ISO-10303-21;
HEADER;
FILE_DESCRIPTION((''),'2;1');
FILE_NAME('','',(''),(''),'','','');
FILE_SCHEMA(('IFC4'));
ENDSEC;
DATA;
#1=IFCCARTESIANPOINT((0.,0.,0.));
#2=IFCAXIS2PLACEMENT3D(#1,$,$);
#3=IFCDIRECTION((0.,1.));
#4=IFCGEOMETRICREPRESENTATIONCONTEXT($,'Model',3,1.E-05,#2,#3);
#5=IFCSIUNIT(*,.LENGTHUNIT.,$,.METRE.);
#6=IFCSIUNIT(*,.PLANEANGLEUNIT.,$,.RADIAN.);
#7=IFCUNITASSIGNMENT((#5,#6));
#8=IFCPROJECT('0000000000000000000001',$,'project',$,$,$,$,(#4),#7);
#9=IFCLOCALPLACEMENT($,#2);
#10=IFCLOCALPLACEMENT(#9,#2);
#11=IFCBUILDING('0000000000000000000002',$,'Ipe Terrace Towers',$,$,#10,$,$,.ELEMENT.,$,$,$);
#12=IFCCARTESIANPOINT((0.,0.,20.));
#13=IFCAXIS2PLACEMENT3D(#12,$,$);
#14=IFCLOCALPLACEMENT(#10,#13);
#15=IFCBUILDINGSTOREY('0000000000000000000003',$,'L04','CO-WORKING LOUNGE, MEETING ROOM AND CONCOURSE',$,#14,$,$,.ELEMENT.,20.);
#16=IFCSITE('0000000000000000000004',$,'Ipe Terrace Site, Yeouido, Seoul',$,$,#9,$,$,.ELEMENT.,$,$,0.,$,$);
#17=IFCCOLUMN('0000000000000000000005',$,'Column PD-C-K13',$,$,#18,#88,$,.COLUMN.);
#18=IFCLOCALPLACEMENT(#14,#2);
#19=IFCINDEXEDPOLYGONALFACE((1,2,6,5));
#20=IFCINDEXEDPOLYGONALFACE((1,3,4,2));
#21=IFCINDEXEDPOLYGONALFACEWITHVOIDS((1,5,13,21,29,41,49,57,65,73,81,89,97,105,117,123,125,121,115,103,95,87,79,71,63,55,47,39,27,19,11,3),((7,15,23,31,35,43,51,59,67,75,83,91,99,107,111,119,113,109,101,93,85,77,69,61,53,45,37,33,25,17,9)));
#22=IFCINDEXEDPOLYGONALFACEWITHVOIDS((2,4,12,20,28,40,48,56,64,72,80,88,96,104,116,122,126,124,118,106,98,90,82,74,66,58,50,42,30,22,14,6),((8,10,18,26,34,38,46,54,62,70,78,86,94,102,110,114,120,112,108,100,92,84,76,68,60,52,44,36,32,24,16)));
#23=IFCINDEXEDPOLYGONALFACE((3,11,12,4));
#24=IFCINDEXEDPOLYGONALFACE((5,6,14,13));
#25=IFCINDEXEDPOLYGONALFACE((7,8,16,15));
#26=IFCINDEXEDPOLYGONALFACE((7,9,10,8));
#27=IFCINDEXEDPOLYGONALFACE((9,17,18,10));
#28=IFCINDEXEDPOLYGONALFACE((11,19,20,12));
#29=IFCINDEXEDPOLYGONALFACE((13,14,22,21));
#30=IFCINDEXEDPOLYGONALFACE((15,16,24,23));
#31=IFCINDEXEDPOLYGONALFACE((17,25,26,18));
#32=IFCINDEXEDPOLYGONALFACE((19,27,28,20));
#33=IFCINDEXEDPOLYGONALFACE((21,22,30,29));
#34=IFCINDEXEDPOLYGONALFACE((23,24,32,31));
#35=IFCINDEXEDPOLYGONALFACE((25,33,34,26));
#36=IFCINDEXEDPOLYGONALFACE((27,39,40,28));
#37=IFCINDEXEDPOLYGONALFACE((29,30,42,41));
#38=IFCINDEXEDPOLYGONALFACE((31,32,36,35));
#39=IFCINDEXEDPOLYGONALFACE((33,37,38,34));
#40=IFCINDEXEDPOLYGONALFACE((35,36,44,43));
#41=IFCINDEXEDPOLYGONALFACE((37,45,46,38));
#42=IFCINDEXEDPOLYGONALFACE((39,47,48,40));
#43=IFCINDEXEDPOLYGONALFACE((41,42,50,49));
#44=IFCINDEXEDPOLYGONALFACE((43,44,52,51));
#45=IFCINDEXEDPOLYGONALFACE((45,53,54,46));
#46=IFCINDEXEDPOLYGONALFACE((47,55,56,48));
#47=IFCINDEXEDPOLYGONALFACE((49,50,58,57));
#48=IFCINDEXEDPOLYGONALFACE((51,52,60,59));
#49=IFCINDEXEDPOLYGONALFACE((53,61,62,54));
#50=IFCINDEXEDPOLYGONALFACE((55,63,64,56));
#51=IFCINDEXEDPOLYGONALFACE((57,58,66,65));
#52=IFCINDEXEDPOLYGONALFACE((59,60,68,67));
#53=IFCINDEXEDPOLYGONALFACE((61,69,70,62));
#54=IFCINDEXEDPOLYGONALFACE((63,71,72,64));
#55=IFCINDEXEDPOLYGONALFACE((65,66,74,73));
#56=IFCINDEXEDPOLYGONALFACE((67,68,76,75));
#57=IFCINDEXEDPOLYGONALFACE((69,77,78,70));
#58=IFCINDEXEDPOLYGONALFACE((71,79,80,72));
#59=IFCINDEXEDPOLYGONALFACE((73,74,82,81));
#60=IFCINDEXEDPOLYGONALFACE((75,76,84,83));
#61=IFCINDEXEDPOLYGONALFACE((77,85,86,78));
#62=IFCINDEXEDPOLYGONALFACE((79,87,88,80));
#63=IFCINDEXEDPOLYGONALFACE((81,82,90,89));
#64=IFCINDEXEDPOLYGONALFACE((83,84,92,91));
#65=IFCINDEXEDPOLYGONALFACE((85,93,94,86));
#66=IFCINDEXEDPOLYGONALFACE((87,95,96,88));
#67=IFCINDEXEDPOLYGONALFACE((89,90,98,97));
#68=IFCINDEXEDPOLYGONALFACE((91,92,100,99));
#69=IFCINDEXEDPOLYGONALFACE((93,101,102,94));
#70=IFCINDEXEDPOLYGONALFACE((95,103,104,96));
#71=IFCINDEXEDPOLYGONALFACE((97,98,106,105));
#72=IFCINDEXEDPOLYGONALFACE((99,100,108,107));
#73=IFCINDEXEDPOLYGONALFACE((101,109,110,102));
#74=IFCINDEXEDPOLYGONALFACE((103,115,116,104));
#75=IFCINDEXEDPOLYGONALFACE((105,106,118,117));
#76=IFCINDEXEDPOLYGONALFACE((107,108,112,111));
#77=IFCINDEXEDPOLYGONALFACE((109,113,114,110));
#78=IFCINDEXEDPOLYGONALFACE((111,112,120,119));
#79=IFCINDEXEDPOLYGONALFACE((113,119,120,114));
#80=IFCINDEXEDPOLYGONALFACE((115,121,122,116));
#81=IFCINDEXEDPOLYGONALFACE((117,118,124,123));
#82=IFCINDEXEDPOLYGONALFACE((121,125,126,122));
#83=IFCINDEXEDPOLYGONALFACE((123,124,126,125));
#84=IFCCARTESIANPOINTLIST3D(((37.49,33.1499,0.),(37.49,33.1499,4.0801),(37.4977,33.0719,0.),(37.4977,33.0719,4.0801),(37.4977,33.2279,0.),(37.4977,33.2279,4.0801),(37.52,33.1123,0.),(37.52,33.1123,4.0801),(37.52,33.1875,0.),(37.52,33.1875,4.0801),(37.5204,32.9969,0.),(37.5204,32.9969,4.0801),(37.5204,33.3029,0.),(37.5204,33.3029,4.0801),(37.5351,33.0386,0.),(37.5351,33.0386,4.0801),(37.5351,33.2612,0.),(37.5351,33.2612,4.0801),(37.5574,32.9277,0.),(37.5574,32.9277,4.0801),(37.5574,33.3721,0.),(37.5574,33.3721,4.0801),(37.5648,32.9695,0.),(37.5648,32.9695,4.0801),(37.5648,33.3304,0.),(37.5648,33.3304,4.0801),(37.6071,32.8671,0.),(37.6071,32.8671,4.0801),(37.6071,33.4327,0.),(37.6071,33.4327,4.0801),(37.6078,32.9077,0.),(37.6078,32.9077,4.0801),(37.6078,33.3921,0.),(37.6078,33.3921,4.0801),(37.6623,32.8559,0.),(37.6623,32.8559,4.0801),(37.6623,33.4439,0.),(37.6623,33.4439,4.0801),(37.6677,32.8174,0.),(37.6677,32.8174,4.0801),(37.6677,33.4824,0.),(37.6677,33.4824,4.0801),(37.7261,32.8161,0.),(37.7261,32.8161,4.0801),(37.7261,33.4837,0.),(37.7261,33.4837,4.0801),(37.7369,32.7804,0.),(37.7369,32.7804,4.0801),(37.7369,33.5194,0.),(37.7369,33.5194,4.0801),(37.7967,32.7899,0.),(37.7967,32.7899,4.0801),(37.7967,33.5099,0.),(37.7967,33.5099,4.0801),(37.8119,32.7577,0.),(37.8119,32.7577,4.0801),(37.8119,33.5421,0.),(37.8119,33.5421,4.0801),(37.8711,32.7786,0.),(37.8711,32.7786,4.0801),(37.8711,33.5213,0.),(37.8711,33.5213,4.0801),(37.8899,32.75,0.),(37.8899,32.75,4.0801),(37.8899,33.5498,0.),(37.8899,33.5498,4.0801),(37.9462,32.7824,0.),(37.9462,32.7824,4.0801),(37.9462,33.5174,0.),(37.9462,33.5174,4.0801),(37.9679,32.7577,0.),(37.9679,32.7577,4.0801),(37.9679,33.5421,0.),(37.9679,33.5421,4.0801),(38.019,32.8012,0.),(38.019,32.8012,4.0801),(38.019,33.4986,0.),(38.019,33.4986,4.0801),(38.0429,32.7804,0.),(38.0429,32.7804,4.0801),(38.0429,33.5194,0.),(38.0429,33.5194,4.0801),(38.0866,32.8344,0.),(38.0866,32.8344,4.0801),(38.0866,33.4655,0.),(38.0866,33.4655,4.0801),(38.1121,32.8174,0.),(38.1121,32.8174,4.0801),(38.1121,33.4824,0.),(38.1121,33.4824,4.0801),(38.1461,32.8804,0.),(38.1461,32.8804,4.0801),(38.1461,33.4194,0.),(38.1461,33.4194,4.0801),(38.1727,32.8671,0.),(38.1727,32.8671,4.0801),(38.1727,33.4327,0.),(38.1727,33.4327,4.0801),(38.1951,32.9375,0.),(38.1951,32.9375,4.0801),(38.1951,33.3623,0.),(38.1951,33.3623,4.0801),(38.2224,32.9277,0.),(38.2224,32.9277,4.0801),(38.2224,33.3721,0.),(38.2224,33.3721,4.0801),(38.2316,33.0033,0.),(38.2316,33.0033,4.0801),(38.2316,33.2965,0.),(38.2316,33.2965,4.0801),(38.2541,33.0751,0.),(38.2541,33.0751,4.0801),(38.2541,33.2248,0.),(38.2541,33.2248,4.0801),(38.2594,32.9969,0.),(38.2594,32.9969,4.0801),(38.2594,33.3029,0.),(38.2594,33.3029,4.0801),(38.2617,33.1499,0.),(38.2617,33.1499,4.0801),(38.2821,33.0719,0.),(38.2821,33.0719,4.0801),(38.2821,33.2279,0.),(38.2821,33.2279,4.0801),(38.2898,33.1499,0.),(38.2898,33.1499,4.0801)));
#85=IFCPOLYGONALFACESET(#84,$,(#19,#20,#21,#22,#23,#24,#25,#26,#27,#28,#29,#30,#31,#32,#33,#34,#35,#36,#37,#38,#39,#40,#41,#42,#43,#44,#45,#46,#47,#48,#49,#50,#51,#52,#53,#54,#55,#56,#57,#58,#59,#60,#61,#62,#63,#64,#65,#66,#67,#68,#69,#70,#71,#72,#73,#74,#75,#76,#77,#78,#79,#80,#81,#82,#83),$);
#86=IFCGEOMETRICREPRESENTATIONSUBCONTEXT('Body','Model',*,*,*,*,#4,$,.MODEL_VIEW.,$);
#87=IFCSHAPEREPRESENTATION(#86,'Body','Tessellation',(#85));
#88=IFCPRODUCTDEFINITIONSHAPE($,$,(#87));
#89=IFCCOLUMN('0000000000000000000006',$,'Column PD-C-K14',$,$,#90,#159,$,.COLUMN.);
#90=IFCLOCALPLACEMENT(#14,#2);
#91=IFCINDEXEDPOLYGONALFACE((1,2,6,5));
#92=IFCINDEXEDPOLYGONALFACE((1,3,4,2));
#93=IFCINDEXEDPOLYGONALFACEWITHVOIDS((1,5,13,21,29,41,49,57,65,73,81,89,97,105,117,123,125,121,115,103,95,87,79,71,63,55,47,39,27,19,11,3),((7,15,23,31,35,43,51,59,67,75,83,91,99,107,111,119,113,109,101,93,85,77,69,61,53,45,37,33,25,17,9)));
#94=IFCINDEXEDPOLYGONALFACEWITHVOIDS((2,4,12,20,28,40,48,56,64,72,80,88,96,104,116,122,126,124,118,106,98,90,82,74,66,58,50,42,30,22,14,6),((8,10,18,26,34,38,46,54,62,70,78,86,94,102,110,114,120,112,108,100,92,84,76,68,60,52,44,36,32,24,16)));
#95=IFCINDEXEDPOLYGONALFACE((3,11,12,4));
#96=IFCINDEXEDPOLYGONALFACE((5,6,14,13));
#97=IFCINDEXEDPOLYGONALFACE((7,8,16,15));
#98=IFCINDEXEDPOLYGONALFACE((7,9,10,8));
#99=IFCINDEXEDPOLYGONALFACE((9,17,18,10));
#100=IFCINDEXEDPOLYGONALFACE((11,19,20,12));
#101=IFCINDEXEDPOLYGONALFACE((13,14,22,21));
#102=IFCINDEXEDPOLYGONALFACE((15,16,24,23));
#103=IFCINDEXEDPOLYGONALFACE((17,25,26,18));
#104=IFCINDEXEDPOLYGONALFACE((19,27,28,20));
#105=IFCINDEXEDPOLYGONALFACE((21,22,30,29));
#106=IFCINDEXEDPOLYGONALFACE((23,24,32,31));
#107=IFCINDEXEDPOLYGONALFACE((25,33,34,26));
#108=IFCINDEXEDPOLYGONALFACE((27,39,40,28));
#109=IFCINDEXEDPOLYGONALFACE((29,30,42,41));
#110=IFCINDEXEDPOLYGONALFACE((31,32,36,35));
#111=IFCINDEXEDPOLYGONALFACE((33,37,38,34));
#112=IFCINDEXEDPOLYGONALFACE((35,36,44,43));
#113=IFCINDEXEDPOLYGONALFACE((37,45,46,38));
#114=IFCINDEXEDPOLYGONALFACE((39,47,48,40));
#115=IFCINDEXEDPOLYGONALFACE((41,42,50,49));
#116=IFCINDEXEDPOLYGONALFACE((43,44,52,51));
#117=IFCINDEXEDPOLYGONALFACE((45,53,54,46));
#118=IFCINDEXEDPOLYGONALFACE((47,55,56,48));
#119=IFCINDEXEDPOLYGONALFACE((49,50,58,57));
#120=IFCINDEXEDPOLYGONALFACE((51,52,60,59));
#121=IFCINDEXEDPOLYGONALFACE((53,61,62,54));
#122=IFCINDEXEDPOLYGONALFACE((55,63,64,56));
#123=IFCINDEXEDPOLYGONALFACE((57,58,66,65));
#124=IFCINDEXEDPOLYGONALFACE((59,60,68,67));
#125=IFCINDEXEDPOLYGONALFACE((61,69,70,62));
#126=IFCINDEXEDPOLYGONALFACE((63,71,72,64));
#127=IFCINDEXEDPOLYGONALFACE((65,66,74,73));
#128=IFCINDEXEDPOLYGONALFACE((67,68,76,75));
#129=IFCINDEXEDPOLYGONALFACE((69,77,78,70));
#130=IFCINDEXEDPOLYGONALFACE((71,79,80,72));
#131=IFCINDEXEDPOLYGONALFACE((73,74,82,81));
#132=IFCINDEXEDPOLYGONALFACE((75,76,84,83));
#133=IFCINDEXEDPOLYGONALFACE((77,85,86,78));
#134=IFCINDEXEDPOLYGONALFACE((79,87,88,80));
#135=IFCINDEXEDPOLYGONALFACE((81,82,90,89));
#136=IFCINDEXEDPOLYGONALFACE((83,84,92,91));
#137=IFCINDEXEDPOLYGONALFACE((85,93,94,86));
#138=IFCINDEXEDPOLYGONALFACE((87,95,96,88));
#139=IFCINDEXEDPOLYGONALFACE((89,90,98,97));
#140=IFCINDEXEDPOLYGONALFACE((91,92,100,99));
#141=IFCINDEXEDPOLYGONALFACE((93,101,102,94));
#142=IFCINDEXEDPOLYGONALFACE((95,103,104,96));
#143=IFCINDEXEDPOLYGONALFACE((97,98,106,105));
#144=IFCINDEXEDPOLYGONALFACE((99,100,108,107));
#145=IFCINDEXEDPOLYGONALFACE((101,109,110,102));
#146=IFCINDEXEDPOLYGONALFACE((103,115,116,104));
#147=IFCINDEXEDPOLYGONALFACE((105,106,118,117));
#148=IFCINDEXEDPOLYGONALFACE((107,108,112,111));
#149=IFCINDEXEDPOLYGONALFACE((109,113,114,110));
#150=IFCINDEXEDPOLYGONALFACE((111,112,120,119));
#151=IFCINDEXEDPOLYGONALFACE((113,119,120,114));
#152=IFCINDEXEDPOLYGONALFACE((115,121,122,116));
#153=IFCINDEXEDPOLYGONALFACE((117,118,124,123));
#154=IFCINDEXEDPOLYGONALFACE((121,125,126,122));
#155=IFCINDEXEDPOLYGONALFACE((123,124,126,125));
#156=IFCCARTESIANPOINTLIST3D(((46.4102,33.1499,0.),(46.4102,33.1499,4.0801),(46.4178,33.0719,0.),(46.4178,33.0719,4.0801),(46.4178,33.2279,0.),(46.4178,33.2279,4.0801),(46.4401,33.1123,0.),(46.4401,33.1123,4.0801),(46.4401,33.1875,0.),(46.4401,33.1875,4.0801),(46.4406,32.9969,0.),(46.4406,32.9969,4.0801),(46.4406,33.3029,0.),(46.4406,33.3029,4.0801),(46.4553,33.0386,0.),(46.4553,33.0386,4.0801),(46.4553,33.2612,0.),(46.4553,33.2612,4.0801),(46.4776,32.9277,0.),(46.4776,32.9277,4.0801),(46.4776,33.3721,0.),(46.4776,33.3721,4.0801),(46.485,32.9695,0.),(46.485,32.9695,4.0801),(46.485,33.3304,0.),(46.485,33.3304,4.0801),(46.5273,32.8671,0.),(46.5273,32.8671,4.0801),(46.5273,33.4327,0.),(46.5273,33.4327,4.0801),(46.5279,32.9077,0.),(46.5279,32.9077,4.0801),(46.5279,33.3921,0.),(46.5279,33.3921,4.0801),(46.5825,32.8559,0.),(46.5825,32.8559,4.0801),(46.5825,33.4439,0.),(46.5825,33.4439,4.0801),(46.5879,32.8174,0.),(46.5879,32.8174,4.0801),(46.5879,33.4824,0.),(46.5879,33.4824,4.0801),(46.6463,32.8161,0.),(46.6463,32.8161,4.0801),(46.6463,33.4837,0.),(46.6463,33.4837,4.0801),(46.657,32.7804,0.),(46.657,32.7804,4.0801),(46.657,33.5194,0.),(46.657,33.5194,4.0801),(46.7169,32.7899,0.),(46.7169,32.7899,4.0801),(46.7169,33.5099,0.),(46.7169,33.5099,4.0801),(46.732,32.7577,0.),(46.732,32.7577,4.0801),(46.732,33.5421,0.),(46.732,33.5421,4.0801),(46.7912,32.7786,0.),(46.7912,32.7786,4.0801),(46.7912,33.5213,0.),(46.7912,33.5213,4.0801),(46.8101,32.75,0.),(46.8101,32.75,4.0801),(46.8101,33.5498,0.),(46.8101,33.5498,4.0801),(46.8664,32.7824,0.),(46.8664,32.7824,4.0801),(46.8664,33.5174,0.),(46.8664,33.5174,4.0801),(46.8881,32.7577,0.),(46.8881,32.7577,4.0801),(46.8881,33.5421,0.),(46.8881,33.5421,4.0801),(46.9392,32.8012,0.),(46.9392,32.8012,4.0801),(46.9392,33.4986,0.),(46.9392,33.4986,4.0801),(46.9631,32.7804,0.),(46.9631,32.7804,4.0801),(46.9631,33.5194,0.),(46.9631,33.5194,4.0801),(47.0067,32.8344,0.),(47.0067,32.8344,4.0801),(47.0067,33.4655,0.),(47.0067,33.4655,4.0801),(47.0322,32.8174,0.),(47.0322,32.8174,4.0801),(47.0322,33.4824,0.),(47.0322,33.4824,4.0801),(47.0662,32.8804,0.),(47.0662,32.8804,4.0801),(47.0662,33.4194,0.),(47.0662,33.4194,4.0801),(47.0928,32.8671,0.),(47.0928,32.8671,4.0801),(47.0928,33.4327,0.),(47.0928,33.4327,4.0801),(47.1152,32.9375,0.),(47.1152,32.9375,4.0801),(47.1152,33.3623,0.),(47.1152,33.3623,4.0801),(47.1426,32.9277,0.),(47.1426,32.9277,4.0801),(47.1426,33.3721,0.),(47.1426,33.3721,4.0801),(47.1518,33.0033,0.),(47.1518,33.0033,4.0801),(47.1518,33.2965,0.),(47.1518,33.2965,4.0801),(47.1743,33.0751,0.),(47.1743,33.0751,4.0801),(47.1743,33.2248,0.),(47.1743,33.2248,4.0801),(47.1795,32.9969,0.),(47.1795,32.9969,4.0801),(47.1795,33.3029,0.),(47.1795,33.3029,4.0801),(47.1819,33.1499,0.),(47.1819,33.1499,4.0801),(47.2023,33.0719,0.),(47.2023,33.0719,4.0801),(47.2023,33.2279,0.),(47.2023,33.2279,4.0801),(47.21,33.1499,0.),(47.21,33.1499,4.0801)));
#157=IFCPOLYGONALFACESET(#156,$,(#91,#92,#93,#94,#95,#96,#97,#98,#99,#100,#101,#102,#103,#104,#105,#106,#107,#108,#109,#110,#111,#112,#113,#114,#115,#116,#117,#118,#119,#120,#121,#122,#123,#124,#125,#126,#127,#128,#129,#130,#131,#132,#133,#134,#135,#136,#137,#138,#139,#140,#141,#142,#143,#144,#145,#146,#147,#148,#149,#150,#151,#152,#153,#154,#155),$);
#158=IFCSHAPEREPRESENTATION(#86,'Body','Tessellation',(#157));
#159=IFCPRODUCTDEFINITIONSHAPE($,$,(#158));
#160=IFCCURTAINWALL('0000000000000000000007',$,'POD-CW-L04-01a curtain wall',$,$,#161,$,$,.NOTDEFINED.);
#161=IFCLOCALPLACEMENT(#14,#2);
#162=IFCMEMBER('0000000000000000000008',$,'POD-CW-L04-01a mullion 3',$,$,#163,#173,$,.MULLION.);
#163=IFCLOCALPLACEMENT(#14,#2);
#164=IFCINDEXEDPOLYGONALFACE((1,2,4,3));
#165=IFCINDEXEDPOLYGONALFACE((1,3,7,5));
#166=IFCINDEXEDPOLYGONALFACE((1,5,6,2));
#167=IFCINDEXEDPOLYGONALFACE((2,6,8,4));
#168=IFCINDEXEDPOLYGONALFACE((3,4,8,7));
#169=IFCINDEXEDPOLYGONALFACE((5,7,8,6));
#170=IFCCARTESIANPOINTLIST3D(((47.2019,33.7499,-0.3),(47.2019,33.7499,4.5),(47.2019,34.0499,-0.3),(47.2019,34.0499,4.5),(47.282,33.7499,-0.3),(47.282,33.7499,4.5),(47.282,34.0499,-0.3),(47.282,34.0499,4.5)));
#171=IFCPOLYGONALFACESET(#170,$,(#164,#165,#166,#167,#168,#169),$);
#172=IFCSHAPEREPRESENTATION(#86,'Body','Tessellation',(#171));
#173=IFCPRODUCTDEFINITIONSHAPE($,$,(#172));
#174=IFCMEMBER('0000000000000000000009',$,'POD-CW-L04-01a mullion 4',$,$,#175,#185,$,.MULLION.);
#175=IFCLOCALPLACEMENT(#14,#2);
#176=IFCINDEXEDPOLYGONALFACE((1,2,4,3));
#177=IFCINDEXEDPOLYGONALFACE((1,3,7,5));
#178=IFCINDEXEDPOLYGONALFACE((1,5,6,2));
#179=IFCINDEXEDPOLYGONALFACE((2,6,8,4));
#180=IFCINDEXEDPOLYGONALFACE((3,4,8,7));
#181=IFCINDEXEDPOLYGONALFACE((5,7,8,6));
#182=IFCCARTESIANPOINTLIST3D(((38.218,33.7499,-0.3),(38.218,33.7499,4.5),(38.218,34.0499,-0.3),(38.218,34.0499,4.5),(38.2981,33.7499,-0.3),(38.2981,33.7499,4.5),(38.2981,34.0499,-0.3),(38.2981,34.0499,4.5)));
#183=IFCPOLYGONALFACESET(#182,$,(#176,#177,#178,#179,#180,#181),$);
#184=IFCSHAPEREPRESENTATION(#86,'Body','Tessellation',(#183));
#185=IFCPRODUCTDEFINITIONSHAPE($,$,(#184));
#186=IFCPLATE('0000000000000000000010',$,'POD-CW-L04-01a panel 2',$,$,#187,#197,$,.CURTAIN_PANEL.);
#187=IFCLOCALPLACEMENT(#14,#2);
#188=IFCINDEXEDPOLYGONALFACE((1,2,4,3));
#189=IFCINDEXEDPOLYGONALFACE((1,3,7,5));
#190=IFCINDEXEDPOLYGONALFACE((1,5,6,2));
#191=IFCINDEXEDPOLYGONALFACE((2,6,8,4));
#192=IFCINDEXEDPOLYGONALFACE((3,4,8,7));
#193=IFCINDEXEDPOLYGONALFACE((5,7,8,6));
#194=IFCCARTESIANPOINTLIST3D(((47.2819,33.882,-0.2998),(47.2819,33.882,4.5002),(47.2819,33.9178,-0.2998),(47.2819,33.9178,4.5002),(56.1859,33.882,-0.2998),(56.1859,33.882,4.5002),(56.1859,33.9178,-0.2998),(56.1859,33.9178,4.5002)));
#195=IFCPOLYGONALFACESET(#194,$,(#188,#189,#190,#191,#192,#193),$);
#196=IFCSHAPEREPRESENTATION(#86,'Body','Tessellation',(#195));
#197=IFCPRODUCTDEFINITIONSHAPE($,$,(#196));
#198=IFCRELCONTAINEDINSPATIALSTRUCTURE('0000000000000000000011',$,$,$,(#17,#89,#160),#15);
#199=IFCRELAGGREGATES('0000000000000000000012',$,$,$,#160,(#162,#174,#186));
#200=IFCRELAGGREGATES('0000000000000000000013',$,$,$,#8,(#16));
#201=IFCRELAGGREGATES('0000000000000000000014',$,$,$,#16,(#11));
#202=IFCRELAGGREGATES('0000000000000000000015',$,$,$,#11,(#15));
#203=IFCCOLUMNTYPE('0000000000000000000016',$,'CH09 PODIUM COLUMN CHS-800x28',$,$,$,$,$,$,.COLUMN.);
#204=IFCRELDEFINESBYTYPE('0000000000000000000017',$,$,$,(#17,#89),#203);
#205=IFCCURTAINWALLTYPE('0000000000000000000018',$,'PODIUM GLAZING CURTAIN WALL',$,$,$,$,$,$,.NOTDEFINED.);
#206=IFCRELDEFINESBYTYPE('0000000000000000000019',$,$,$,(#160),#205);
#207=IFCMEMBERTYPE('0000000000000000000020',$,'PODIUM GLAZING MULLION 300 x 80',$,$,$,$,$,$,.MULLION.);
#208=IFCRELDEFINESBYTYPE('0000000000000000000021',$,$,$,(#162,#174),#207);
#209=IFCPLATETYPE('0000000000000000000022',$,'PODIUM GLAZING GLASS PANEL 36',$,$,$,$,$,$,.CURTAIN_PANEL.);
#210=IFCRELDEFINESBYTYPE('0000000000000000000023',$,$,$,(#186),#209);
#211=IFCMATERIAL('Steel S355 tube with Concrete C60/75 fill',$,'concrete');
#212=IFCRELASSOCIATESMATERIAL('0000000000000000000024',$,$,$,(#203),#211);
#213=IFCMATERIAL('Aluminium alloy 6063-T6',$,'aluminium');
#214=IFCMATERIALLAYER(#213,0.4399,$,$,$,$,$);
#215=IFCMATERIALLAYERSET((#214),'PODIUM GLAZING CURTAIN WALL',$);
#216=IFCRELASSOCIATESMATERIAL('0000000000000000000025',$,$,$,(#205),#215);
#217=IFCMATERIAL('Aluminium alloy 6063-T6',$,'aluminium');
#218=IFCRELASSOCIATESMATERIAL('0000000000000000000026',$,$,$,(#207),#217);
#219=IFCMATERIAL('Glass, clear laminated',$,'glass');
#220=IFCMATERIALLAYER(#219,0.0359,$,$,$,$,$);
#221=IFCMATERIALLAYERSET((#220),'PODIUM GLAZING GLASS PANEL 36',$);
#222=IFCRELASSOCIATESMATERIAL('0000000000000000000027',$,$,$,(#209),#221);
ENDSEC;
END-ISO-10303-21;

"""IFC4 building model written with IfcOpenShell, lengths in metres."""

from ifc_helpers import new_model, si_unit, direction, frame, origin, origin_2d, place, context, subcontext, project, spatial, rectangle, hollow_circle, extrude, material, layer, layer_set, material_profile, profile_set, type_object, element, aggregate, save


model = new_model("IFC4")

# Units and contexts
model_context = context("Model", 3, precision=1e-05, world=origin(), true_north=direction((0.0, 1.0)))
body_context = subcontext(model_context, "Body", "Model", "MODEL_VIEW")
ifc_project = project(units=[si_unit("LENGTHUNIT", "METRE"), si_unit("PLANEANGLEUNIT", "RADIAN")], contexts=[model_context])

# Site, building, storey
site_placement = place(None, origin())
site = spatial("IfcSite", under=ifc_project, at=site_placement, Name="Ipe Terrace Site, Yeouido, Seoul", CompositionType="ELEMENT", RefElevation=0.0)
building_placement = place(site_placement, origin())
building = spatial("IfcBuilding", under=site, at=building_placement, Name="Ipe Terrace Towers", CompositionType="ELEMENT")
storey_placement = place(building_placement, frame((0.0, 0.0, 20.0)))
storey = spatial("IfcBuildingStorey", under=building, at=storey_placement, Name="L04", Description="CO-WORKING LOUNGE, MEETING ROOM AND CONCOURSE", CompositionType="ELEMENT", Elevation=20.0)

# Columns
ifc_material_1 = material(Name="Steel S355 tube with Concrete C60/75 fill", Category="concrete")
ifc_material_profile_1 = material_profile(ifc_material_1, hollow_circle(Radius=0.3999, WallThickness=0.0281, at=origin_2d()), Name="CHS-800x28")
ifc_profile_set_1 = profile_set([ifc_material_profile_1], Name="Steel S355 tube with Concrete C60/75 fill")
column_type = type_object("IfcColumnType", Name="CH09 PODIUM COLUMN CHS-800x28", PredefinedType="COLUMN", material=ifc_profile_set_1)
for number, where, z_axis, x_axis, name in (
    (1, (37.8899, 33.1499, 0.0), (0.0, 0.0, 1.0), (1.0, 0.0, 0.0), "Column PD-C-K13"),
    (2, (46.8101, 33.1499, 0.0), (0.0, 0.0, 1.0), (1.0, 0.0, 0.0), "Column PD-C-K14"),
):
    element("IfcColumn", number, at=place(storey_placement, frame(where, z_axis=z_axis, x_axis=x_axis)), inside=storey, type_object=column_type, Name=name, PredefinedType="COLUMN", context=body_context, shape_type="SweptSolid", body=[
        extrude(hollow_circle(Radius=0.3999, WallThickness=0.0281, at=origin_2d()), origin(), (0.0, 0.0, 1.0), 4.0801),
    ])

# Curtain wall, members, plate
ifc_material_2 = material(Name="Aluminium alloy 6063-T6", Category="aluminium")
ifc_layer_1 = layer(ifc_material_2, 0.4399)
ifc_layer_set_1 = layer_set([ifc_layer_1], Name="PODIUM GLAZING CURTAIN WALL")
curtain_wall_type = type_object("IfcCurtainWallType", Name="PODIUM GLAZING CURTAIN WALL", PredefinedType="NOTDEFINED", material=ifc_layer_set_1)
curtain_wall_placement = place(storey_placement, origin())
curtain_wall = element("IfcCurtainWall", 3, at=curtain_wall_placement, inside=storey, type_object=curtain_wall_type, Name="POD-CW-L04-01a curtain wall", PredefinedType="NOTDEFINED")
ifc_material_3 = material(Name="Aluminium alloy 6063-T6", Category="aluminium")
ifc_material_profile_2 = material_profile(ifc_material_3, rectangle(XDim=0.3, YDim=0.0801, at=origin_2d()), Name="PODIUM GLAZING MULLION 300 x 80")
ifc_profile_set_2 = profile_set([ifc_material_profile_2], Name="Aluminium alloy 6063-T6")
member_type = type_object("IfcMemberType", Name="PODIUM GLAZING MULLION 300 x 80", PredefinedType="MULLION", material=ifc_profile_set_2)
member_1_placement = place(storey_placement, frame((47.2419, 33.8999, -0.3), z_axis=(0.0, 0.0, 1.0), x_axis=(0.0, 1.0, 0.0)))
member_1 = element("IfcMember", 4, at=member_1_placement, type_object=member_type, Name="POD-CW-L04-01a mullion 3", PredefinedType="MULLION", context=body_context, shape_type="SweptSolid", body=[
    extrude(rectangle(XDim=0.3, YDim=0.0801, at=origin_2d()), origin(), (0.0, 0.0, 1.0), 4.8),
])
member_2_placement = place(storey_placement, frame((38.2581, 33.8999, -0.3), z_axis=(0.0, 0.0, 1.0), x_axis=(0.0, 1.0, 0.0)))
member_2 = element("IfcMember", 5, at=member_2_placement, type_object=member_type, Name="POD-CW-L04-01a mullion 4", PredefinedType="MULLION", context=body_context, shape_type="SweptSolid", body=[
    extrude(rectangle(XDim=0.3, YDim=0.0801, at=origin_2d()), origin(), (0.0, 0.0, 1.0), 4.8),
])
ifc_material_4 = material(Name="Glass, clear laminated", Category="glass")
ifc_layer_2 = layer(ifc_material_4, 0.0359)
ifc_layer_set_2 = layer_set([ifc_layer_2], Name="PODIUM GLAZING GLASS PANEL 36")
plate_type = type_object("IfcPlateType", Name="PODIUM GLAZING GLASS PANEL 36", PredefinedType="CURTAIN_PANEL", material=ifc_layer_set_2)
plate_1_placement = place(storey_placement, frame((51.7339, 33.8999, -0.2998), z_axis=(0.0, 0.0, 1.0), x_axis=(-1.0, 0.0, 0.0)))
plate_1 = element("IfcPlate", 6, at=plate_1_placement, type_object=plate_type, Name="POD-CW-L04-01a panel 2", PredefinedType="CURTAIN_PANEL", context=body_context, shape_type="SweptSolid", body=[
    extrude(rectangle(XDim=8.9041, YDim=0.0359, at=origin_2d()), origin(), (0.0, 0.0, 1.0), 4.8),
])
aggregate(curtain_wall, [member_1, member_2, plate_1])

save(model, "model.ifc")
